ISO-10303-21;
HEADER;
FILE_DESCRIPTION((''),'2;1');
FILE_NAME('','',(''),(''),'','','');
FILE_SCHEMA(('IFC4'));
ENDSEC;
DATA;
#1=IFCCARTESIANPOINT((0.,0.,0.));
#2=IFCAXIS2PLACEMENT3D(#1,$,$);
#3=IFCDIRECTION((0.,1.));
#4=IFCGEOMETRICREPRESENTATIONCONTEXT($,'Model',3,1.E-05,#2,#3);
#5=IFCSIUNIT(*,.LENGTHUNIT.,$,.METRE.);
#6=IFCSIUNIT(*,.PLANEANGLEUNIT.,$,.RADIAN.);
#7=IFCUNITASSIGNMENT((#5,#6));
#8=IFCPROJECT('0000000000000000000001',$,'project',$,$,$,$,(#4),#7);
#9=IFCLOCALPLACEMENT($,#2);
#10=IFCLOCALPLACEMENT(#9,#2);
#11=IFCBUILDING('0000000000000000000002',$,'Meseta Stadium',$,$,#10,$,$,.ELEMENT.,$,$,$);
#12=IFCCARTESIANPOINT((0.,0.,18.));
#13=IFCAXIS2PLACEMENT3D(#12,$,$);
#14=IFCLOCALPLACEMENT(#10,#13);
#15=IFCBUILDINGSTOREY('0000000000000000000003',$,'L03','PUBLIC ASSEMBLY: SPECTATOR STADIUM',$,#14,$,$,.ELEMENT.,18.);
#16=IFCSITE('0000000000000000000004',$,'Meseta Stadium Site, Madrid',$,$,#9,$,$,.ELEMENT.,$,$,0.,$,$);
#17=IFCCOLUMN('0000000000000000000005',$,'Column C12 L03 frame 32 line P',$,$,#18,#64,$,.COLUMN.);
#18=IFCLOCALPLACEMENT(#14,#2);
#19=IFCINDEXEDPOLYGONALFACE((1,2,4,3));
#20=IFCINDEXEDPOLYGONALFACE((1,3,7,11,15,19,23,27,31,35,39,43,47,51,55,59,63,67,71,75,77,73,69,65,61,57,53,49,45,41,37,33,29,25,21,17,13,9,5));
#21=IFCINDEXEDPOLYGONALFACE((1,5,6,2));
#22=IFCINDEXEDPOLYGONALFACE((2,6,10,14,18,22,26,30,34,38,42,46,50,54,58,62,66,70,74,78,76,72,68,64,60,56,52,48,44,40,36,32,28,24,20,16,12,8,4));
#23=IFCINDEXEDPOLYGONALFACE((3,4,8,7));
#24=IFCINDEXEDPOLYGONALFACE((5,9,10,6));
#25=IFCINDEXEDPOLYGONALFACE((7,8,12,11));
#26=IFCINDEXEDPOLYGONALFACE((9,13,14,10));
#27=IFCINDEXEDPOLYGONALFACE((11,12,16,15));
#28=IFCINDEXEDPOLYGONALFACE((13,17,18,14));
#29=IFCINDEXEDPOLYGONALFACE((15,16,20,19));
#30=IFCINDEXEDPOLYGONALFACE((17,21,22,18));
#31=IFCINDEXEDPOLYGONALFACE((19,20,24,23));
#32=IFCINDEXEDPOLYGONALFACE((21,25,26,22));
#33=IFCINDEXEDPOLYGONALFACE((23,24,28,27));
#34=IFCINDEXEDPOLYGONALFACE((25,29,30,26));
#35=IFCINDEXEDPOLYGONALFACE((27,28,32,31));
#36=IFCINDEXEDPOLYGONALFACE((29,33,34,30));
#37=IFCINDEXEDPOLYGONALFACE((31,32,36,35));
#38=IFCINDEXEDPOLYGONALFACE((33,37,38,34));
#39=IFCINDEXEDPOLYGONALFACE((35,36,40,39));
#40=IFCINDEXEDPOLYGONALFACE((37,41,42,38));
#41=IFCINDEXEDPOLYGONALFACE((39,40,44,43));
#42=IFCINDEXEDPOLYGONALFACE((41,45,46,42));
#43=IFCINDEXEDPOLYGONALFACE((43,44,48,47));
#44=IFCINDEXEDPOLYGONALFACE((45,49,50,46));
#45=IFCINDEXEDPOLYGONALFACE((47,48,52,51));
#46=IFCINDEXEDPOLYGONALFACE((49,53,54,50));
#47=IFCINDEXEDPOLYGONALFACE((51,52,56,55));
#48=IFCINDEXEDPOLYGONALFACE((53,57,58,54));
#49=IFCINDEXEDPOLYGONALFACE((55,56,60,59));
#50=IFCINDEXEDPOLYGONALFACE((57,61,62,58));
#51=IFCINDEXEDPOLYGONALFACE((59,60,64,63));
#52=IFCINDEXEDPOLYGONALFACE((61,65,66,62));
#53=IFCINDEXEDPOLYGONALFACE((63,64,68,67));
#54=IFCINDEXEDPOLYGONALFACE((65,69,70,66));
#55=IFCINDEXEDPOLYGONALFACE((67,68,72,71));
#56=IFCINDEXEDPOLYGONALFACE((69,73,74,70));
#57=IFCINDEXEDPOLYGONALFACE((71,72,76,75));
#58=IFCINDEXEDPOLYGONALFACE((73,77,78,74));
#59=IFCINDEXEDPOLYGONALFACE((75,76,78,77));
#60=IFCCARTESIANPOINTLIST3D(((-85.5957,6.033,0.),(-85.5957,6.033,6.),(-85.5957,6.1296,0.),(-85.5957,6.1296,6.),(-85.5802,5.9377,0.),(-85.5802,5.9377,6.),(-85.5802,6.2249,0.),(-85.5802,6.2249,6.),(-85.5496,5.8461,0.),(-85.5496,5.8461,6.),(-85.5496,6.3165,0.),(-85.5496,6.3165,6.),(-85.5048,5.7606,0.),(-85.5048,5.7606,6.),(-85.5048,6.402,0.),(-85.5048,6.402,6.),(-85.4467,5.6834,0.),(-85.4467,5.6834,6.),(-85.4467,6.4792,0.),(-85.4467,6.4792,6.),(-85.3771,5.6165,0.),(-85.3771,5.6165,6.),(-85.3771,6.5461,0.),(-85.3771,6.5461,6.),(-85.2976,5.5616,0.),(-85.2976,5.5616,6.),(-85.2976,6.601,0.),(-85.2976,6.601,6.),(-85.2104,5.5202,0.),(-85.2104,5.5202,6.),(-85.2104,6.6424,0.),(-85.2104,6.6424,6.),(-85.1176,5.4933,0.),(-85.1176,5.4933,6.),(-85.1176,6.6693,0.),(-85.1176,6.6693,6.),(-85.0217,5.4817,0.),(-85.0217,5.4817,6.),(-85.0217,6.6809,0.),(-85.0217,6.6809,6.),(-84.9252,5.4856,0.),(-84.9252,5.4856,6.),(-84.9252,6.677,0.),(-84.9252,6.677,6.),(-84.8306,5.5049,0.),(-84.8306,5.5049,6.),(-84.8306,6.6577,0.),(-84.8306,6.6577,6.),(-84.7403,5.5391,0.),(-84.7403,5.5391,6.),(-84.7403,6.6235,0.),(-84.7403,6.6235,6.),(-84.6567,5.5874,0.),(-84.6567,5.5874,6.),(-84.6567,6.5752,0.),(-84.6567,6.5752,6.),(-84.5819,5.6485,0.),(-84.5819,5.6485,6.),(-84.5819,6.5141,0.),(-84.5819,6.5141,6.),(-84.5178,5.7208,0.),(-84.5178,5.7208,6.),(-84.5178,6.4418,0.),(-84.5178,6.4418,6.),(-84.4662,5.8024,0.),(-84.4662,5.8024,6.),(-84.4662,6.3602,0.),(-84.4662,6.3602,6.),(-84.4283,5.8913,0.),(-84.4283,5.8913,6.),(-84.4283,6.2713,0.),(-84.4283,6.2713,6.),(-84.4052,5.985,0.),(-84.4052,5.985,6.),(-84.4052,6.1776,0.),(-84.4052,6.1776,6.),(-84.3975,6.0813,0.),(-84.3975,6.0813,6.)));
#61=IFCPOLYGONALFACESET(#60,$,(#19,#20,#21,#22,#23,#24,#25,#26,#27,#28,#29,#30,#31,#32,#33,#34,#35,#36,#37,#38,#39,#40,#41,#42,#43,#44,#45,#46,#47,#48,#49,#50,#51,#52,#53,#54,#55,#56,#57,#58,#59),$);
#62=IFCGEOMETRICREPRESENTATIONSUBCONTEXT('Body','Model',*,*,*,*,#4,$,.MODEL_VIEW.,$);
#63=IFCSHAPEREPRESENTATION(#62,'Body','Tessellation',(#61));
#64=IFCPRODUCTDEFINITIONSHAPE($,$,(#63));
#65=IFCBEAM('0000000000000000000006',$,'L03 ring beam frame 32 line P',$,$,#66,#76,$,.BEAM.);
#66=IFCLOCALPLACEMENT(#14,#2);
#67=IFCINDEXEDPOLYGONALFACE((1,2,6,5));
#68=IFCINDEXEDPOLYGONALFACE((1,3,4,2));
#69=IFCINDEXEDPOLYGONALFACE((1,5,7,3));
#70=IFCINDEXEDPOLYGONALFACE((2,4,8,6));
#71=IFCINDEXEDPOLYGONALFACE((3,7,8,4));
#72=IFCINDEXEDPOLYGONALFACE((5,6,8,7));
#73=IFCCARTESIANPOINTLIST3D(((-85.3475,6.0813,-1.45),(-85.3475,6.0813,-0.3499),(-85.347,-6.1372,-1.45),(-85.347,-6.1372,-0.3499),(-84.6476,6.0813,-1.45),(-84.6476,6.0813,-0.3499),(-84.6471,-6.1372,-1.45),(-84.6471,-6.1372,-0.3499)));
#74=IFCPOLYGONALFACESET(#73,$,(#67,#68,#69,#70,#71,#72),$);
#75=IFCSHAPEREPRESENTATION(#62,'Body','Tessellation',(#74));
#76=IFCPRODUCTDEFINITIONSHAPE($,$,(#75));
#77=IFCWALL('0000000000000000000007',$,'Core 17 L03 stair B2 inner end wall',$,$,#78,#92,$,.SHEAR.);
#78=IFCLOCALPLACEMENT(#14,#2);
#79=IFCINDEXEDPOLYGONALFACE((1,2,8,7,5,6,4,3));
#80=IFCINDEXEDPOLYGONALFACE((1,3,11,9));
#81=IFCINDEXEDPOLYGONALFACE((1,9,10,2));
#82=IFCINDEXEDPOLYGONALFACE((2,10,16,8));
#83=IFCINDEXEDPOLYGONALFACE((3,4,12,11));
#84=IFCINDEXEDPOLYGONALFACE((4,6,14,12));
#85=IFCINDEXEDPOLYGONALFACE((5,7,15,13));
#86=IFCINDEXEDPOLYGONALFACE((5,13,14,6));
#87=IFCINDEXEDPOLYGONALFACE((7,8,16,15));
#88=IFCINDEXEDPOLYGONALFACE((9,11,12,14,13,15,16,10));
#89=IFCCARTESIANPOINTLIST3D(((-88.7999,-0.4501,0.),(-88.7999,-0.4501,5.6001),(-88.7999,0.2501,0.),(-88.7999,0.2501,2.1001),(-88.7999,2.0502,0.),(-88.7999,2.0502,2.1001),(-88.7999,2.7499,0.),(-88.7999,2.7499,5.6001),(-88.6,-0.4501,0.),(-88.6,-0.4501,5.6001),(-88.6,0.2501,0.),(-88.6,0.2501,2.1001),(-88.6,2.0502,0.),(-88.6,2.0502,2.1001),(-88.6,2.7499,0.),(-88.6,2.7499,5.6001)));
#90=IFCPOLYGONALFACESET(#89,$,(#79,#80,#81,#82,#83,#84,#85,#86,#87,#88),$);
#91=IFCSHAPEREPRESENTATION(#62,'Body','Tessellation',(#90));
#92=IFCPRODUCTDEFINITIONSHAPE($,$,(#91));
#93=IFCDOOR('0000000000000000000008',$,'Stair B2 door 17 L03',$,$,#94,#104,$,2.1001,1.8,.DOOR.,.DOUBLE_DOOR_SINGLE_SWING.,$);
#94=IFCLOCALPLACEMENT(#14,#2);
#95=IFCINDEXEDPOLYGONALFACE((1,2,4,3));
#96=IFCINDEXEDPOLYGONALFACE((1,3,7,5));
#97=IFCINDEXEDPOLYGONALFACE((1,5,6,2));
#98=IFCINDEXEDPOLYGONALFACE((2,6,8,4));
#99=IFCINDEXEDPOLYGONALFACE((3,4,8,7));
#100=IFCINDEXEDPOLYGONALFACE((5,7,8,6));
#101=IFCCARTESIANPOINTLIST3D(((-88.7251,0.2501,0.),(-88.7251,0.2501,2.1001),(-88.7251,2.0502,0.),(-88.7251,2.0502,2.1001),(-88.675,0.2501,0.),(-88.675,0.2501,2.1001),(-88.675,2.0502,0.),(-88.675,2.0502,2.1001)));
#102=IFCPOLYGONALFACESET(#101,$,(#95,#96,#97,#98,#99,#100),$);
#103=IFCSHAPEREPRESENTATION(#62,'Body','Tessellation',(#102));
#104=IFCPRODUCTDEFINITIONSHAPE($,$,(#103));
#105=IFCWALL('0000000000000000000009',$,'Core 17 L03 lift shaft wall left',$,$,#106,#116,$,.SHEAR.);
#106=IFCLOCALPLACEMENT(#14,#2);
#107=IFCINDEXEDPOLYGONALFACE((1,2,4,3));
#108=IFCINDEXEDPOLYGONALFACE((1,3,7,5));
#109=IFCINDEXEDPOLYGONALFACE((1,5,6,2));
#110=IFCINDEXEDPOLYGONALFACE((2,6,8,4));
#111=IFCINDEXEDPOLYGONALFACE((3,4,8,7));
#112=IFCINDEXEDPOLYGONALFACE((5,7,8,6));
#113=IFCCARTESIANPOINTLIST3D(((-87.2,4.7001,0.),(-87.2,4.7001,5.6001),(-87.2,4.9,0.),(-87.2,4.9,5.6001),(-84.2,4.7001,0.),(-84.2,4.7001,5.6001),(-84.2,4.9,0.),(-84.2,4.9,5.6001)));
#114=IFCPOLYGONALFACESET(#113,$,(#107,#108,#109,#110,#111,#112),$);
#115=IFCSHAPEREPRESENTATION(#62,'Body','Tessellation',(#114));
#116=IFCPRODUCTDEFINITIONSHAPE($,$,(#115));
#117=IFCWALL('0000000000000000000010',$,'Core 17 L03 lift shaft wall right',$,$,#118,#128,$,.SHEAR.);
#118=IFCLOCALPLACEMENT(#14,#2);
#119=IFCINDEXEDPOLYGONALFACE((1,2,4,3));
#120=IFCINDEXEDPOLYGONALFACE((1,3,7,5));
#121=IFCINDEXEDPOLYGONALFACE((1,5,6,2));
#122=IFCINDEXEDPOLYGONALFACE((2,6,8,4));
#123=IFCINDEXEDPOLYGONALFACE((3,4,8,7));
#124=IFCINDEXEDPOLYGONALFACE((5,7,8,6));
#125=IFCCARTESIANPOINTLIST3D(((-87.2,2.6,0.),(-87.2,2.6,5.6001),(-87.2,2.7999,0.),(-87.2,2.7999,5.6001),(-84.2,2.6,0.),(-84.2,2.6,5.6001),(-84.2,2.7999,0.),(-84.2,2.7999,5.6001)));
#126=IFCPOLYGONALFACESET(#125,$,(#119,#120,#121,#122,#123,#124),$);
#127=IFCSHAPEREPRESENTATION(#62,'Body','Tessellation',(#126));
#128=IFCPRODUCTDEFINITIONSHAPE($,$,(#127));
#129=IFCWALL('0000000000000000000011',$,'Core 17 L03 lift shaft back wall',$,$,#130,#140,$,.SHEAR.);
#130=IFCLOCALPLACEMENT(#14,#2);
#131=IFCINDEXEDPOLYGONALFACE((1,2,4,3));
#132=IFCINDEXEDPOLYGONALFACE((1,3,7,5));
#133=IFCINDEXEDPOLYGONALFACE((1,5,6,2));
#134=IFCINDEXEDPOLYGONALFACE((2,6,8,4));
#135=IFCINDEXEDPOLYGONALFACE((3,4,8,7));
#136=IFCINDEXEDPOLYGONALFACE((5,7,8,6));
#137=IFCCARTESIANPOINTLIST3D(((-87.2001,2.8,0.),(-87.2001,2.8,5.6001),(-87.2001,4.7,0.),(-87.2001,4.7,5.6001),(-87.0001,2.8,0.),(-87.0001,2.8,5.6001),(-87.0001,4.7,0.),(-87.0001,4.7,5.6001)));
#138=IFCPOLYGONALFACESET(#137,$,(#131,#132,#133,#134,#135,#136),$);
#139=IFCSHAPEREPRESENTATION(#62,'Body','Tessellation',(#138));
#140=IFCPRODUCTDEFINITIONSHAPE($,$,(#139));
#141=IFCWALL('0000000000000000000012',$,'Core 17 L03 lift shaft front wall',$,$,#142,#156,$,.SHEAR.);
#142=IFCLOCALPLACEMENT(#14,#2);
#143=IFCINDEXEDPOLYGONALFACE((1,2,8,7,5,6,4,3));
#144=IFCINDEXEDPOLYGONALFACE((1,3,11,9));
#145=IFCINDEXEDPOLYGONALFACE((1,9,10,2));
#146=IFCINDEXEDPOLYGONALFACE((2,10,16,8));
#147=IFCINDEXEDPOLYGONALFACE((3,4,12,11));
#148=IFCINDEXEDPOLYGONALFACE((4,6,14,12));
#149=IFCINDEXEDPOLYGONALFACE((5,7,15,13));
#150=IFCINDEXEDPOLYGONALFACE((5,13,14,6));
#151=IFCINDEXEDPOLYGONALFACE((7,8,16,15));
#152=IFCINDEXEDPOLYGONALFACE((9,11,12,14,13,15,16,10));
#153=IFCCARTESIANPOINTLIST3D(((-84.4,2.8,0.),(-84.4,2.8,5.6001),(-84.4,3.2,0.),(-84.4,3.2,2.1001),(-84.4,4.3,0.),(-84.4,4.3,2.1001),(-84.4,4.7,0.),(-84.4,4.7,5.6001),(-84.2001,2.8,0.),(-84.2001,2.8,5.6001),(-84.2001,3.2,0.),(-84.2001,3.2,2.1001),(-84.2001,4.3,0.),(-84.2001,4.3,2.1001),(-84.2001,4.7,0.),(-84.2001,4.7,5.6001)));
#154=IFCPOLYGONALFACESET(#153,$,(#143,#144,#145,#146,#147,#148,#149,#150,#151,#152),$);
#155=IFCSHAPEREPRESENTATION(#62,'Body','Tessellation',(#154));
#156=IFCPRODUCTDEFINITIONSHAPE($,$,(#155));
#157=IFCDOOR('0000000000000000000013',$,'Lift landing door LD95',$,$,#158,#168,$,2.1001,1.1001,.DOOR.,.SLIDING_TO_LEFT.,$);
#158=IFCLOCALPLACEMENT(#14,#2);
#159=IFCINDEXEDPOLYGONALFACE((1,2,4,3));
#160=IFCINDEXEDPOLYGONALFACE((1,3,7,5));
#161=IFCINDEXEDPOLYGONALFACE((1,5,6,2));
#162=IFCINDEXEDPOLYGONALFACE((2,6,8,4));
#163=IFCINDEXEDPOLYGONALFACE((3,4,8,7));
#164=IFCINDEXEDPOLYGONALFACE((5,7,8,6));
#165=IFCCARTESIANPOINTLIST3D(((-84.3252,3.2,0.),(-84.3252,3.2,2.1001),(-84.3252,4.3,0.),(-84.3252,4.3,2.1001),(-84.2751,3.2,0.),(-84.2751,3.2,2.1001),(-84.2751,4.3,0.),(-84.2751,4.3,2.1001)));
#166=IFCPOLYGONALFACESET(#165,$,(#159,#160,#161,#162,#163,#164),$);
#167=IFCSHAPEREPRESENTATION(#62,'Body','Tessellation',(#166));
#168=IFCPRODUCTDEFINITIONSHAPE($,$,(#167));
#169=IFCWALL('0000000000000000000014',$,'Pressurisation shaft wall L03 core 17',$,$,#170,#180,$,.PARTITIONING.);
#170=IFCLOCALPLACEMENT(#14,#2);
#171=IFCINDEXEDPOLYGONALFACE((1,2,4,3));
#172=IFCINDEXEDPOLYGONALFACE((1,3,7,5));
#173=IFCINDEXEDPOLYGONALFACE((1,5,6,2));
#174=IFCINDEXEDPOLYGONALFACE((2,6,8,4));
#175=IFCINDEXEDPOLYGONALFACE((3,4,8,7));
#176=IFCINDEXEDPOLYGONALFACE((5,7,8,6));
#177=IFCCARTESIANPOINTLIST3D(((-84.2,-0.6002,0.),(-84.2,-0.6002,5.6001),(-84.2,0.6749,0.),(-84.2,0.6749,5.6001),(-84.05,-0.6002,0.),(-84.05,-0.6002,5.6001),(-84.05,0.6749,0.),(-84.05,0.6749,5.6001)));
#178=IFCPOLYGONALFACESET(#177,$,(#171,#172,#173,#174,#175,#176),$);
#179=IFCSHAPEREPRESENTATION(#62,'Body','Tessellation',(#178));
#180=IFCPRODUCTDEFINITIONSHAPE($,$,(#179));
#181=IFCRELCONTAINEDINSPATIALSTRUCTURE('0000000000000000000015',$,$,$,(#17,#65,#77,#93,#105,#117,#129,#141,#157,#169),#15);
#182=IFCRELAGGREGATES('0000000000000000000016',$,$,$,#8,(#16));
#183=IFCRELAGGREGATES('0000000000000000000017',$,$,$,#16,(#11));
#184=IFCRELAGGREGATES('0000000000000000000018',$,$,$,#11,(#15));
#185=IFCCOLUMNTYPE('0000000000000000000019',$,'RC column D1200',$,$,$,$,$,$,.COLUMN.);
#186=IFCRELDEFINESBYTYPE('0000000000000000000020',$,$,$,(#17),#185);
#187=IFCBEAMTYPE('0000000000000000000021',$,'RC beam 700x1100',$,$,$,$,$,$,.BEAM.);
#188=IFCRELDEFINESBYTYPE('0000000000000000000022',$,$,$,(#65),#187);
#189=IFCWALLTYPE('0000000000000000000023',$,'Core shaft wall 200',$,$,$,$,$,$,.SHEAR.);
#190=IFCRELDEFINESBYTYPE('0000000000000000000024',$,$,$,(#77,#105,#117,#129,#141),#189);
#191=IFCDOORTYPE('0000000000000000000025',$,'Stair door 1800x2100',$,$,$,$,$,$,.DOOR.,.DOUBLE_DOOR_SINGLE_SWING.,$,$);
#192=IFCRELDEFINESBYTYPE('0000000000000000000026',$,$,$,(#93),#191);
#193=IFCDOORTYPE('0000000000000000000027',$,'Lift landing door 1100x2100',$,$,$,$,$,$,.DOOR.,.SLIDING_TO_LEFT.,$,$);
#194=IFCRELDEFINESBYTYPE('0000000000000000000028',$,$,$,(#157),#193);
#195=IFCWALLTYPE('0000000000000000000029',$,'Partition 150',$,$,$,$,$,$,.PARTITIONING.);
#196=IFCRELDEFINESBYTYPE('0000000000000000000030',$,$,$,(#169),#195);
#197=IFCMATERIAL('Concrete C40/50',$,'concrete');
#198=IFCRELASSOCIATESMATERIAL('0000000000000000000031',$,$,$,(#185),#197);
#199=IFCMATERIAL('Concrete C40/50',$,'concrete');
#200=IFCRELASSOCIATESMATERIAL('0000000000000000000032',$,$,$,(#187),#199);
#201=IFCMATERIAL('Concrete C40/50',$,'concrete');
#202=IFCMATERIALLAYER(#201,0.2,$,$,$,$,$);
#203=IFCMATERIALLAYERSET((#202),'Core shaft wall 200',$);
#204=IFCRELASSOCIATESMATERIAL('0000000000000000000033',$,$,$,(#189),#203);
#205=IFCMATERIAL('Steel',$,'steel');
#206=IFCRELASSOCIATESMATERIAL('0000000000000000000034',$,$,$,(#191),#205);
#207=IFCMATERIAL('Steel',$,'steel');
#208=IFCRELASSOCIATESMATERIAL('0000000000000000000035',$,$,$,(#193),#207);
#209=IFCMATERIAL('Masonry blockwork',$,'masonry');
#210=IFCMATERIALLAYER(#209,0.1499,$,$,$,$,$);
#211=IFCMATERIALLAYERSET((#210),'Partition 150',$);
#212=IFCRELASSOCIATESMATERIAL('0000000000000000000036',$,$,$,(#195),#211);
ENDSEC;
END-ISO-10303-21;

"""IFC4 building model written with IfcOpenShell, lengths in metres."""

from ifc_helpers import new_model, si_unit, direction, frame, frame_2d, origin, origin_2d, place, context, subcontext, project, spatial, rectangle, circle, extrude, material, layer, layer_set, material_profile, profile_set, type_object, element, fill, save


model = new_model("IFC4")

# Units and contexts
model_context = context("Model", 3, precision=1e-05, world=origin(), true_north=direction((0.0, 1.0)))
body_context = subcontext(model_context, "Body", "Model", "MODEL_VIEW")
ifc_project = project(units=[si_unit("LENGTHUNIT", "METRE"), si_unit("PLANEANGLEUNIT", "RADIAN")], contexts=[model_context])

# Site, building, storey
site_placement = place(None, origin())
site = spatial("IfcSite", under=ifc_project, at=site_placement, Name="Meseta Stadium Site, Madrid", CompositionType="ELEMENT", RefElevation=0.0)
building_placement = place(site_placement, origin())
building = spatial("IfcBuilding", under=site, at=building_placement, Name="Meseta Stadium", CompositionType="ELEMENT")
storey_placement = place(building_placement, frame((0.0, 0.0, 18.0)))
storey = spatial("IfcBuildingStorey", under=building, at=storey_placement, Name="L03", Description="PUBLIC ASSEMBLY: SPECTATOR STADIUM", CompositionType="ELEMENT", Elevation=18.0)

# Column
ifc_material_1 = material(Name="Concrete C40/50", Category="concrete")
ifc_material_profile_1 = material_profile(ifc_material_1, circle(Radius=0.6001, at=origin_2d()), Name="RC D1200")
ifc_profile_set_1 = profile_set([ifc_material_profile_1], Name="Concrete C40/50")
column_type = type_object("IfcColumnType", Name="RC column D1200", PredefinedType="COLUMN", material=ifc_profile_set_1)
column_placement = place(storey_placement, frame((-84.9976, 6.0813, 0.0), z_axis=(0.0, 0.0, 1.0), x_axis=(1.0, 0.0, 0.0)))
element("IfcColumn", 1, at=column_placement, inside=storey, type_object=column_type, Name="Column C12 L03 frame 32 line P", PredefinedType="COLUMN", context=body_context, shape_type="SweptSolid", body=[
    extrude(circle(Radius=0.6001, at=origin_2d()), origin(), (0.0, 0.0, 1.0), 6.0),
])

# Beam
ifc_material_2 = material(Name="Concrete C40/50", Category="concrete")
ifc_material_profile_2 = material_profile(ifc_material_2, rectangle(XDim=0.7, YDim=1.1001, at=origin_2d()), Name="RC 700x1100")
ifc_profile_set_2 = profile_set([ifc_material_profile_2], Name="Concrete C40/50")
beam_type = type_object("IfcBeamType", Name="RC beam 700x1100", PredefinedType="BEAM", material=ifc_profile_set_2)
beam_placement = place(storey_placement, frame((-84.9976, 6.0813, -0.8999), z_axis=(0.00004, -1.0, 0.0), x_axis=(1.0, 0.00004, 0.0)))
element("IfcBeam", 2, at=beam_placement, inside=storey, type_object=beam_type, Name="L03 ring beam frame 32 line P", PredefinedType="BEAM", context=body_context, shape_type="SweptSolid", body=[
    extrude(rectangle(XDim=0.7, YDim=1.1001, at=origin_2d()), origin(), (0.0, 0.0, 1.0), 12.2185),
])

# Wall, opening, door
ifc_material_3 = material(Name="Concrete C40/50", Category="concrete")
ifc_layer_1 = layer(ifc_material_3, 0.2)
ifc_layer_set_1 = layer_set([ifc_layer_1], Name="Core shaft wall 200")
wall_type_1 = type_object("IfcWallType", Name="Core shaft wall 200", PredefinedType="SHEAR", material=ifc_layer_set_1)
wall_1_placement = place(storey_placement, frame((-88.7, 2.75, 0.0), z_axis=(0.0, 0.0, 1.0), x_axis=(0.0, -1.0, 0.0)))
wall_1 = element("IfcWall", 3, at=wall_1_placement, inside=storey, type_object=wall_type_1, Name="Core 17 L03 stair B2 inner end wall", PredefinedType="SHEAR", context=body_context, shape_type="SweptSolid", body=[
    extrude(rectangle(XDim=3.2, YDim=0.2, at=frame_2d((1.6001, 0.0))), origin(), (0.0, 0.0, 1.0), 5.6001),
])
opening_1_placement = place(wall_1_placement, frame((0.7, 0.0, 0.0)))
opening_1 = element("IfcOpeningElement", 4, at=opening_1_placement, cuts=wall_1, PredefinedType="OPENING", context=body_context, shape_type="SweptSolid", body=[
    extrude(rectangle(XDim=1.8, YDim=2.1001, at=frame_2d((0.8999, 1.05))), frame((0.0, 0.1099, 0.0), z_axis=(0.0, -1.0, 0.0), x_axis=(1.0, 0.0, 0.0)), (0.0, 0.0, 1.0), 0.22),
])
ifc_material_4 = material(Name="Steel", Category="steel")
door_type_1 = type_object("IfcDoorType", Name="Stair door 1800x2100", OperationType="DOUBLE_DOOR_SINGLE_SWING", PredefinedType="DOOR", material=ifc_material_4)
door_1_placement = place(opening_1_placement, origin())
door_1 = element("IfcDoor", 5, at=door_1_placement, inside=storey, type_object=door_type_1, Name="Stair B2 door 17 L03", OperationType="DOUBLE_DOOR_SINGLE_SWING", OverallHeight=2.1001, OverallWidth=1.8, PredefinedType="DOOR", context=body_context, shape_type="SweptSolid", body=[
    extrude(rectangle(XDim=1.8, YDim=2.1001, at=frame_2d((0.8999, 1.05))), frame((0.0, 0.0249, 0.0), z_axis=(0.0, -1.0, 0.0), x_axis=(1.0, 0.0, 0.0)), (0.0, 0.0, 1.0), 0.05),
])
fill(opening_1, door_1)

# Walls
for number, where, z_axis, x_axis, name in (
    (6, (-87.2, 4.8, 0.0), (0.0, 0.0, 1.0), (1.0, 0.0, 0.0), "Core 17 L03 lift shaft wall left"),
    (7, (-87.2, 2.7, 0.0), (0.0, 0.0, 1.0), (1.0, 0.0, 0.0), "Core 17 L03 lift shaft wall right"),
):
    element("IfcWall", number, at=place(storey_placement, frame(where, z_axis=z_axis, x_axis=x_axis)), inside=storey, type_object=wall_type_1, Name=name, PredefinedType="SHEAR", context=body_context, shape_type="SweptSolid", body=[
        extrude(rectangle(XDim=3.0, YDim=0.2, at=frame_2d((1.5, 0.0))), origin(), (0.0, 0.0, 1.0), 5.6001),
    ])
wall_2_placement = place(storey_placement, frame((-87.1001, 4.7, 0.0), z_axis=(0.0, 0.0, 1.0), x_axis=(0.0, -1.0, 0.0)))
element("IfcWall", 8, at=wall_2_placement, inside=storey, type_object=wall_type_1, Name="Core 17 L03 lift shaft back wall", PredefinedType="SHEAR", context=body_context, shape_type="SweptSolid", body=[
    extrude(rectangle(XDim=1.8999, YDim=0.2, at=frame_2d((0.95, 0.0))), origin(), (0.0, 0.0, 1.0), 5.6001),
])

# Wall, opening, door
wall_3_placement = place(storey_placement, frame((-84.3, 4.7, 0.0), z_axis=(0.0, 0.0, 1.0), x_axis=(0.0, -1.0, 0.0)))
wall_3 = element("IfcWall", 9, at=wall_3_placement, inside=storey, type_object=wall_type_1, Name="Core 17 L03 lift shaft front wall", PredefinedType="SHEAR", context=body_context, shape_type="SweptSolid", body=[
    extrude(rectangle(XDim=1.8999, YDim=0.2, at=frame_2d((0.95, 0.0))), origin(), (0.0, 0.0, 1.0), 5.6001),
])
opening_2_placement = place(wall_3_placement, frame((0.3999, 0.0, 0.0)))
opening_2 = element("IfcOpeningElement", 10, at=opening_2_placement, cuts=wall_3, PredefinedType="OPENING", context=body_context, shape_type="SweptSolid", body=[
    extrude(rectangle(XDim=1.1001, YDim=2.1001, at=frame_2d((0.55, 1.05))), frame((0.0, 0.1099, 0.0), z_axis=(0.0, -1.0, 0.0), x_axis=(1.0, 0.0, 0.0)), (0.0, 0.0, 1.0), 0.22),
])
ifc_material_5 = material(Name="Steel", Category="steel")
door_type_2 = type_object("IfcDoorType", Name="Lift landing door 1100x2100", OperationType="SLIDING_TO_LEFT", PredefinedType="DOOR", material=ifc_material_5)
door_2_placement = place(opening_2_placement, origin())
door_2 = element("IfcDoor", 11, at=door_2_placement, inside=storey, type_object=door_type_2, Name="Lift landing door LD95", OperationType="SLIDING_TO_LEFT", OverallHeight=2.1001, OverallWidth=1.1001, PredefinedType="DOOR", context=body_context, shape_type="SweptSolid", body=[
    extrude(rectangle(XDim=1.1001, YDim=2.1001, at=frame_2d((0.55, 1.05))), frame((0.0, 0.0249, 0.0), z_axis=(0.0, -1.0, 0.0), x_axis=(1.0, 0.0, 0.0)), (0.0, 0.0, 1.0), 0.05),
])
fill(opening_2, door_2)

# Wall
ifc_material_6 = material(Name="Masonry blockwork", Category="masonry")
ifc_layer_2 = layer(ifc_material_6, 0.1499)
ifc_layer_set_2 = layer_set([ifc_layer_2], Name="Partition 150")
wall_type_2 = type_object("IfcWallType", Name="Partition 150", PredefinedType="PARTITIONING", material=ifc_layer_set_2)
wall_4_placement = place(storey_placement, frame((-84.125, 0.675, 0.0), z_axis=(0.0, 0.0, 1.0), x_axis=(0.0, -1.0, 0.0)))
element("IfcWall", 12, at=wall_4_placement, inside=storey, type_object=wall_type_2, Name="Pressurisation shaft wall L03 core 17", PredefinedType="PARTITIONING", context=body_context, shape_type="SweptSolid", body=[
    extrude(rectangle(XDim=1.2751, YDim=0.1499, at=frame_2d((0.6377, 0.0))), origin(), (0.0, 0.0, 1.0), 5.6001),
])

save(model, "model.ifc")
